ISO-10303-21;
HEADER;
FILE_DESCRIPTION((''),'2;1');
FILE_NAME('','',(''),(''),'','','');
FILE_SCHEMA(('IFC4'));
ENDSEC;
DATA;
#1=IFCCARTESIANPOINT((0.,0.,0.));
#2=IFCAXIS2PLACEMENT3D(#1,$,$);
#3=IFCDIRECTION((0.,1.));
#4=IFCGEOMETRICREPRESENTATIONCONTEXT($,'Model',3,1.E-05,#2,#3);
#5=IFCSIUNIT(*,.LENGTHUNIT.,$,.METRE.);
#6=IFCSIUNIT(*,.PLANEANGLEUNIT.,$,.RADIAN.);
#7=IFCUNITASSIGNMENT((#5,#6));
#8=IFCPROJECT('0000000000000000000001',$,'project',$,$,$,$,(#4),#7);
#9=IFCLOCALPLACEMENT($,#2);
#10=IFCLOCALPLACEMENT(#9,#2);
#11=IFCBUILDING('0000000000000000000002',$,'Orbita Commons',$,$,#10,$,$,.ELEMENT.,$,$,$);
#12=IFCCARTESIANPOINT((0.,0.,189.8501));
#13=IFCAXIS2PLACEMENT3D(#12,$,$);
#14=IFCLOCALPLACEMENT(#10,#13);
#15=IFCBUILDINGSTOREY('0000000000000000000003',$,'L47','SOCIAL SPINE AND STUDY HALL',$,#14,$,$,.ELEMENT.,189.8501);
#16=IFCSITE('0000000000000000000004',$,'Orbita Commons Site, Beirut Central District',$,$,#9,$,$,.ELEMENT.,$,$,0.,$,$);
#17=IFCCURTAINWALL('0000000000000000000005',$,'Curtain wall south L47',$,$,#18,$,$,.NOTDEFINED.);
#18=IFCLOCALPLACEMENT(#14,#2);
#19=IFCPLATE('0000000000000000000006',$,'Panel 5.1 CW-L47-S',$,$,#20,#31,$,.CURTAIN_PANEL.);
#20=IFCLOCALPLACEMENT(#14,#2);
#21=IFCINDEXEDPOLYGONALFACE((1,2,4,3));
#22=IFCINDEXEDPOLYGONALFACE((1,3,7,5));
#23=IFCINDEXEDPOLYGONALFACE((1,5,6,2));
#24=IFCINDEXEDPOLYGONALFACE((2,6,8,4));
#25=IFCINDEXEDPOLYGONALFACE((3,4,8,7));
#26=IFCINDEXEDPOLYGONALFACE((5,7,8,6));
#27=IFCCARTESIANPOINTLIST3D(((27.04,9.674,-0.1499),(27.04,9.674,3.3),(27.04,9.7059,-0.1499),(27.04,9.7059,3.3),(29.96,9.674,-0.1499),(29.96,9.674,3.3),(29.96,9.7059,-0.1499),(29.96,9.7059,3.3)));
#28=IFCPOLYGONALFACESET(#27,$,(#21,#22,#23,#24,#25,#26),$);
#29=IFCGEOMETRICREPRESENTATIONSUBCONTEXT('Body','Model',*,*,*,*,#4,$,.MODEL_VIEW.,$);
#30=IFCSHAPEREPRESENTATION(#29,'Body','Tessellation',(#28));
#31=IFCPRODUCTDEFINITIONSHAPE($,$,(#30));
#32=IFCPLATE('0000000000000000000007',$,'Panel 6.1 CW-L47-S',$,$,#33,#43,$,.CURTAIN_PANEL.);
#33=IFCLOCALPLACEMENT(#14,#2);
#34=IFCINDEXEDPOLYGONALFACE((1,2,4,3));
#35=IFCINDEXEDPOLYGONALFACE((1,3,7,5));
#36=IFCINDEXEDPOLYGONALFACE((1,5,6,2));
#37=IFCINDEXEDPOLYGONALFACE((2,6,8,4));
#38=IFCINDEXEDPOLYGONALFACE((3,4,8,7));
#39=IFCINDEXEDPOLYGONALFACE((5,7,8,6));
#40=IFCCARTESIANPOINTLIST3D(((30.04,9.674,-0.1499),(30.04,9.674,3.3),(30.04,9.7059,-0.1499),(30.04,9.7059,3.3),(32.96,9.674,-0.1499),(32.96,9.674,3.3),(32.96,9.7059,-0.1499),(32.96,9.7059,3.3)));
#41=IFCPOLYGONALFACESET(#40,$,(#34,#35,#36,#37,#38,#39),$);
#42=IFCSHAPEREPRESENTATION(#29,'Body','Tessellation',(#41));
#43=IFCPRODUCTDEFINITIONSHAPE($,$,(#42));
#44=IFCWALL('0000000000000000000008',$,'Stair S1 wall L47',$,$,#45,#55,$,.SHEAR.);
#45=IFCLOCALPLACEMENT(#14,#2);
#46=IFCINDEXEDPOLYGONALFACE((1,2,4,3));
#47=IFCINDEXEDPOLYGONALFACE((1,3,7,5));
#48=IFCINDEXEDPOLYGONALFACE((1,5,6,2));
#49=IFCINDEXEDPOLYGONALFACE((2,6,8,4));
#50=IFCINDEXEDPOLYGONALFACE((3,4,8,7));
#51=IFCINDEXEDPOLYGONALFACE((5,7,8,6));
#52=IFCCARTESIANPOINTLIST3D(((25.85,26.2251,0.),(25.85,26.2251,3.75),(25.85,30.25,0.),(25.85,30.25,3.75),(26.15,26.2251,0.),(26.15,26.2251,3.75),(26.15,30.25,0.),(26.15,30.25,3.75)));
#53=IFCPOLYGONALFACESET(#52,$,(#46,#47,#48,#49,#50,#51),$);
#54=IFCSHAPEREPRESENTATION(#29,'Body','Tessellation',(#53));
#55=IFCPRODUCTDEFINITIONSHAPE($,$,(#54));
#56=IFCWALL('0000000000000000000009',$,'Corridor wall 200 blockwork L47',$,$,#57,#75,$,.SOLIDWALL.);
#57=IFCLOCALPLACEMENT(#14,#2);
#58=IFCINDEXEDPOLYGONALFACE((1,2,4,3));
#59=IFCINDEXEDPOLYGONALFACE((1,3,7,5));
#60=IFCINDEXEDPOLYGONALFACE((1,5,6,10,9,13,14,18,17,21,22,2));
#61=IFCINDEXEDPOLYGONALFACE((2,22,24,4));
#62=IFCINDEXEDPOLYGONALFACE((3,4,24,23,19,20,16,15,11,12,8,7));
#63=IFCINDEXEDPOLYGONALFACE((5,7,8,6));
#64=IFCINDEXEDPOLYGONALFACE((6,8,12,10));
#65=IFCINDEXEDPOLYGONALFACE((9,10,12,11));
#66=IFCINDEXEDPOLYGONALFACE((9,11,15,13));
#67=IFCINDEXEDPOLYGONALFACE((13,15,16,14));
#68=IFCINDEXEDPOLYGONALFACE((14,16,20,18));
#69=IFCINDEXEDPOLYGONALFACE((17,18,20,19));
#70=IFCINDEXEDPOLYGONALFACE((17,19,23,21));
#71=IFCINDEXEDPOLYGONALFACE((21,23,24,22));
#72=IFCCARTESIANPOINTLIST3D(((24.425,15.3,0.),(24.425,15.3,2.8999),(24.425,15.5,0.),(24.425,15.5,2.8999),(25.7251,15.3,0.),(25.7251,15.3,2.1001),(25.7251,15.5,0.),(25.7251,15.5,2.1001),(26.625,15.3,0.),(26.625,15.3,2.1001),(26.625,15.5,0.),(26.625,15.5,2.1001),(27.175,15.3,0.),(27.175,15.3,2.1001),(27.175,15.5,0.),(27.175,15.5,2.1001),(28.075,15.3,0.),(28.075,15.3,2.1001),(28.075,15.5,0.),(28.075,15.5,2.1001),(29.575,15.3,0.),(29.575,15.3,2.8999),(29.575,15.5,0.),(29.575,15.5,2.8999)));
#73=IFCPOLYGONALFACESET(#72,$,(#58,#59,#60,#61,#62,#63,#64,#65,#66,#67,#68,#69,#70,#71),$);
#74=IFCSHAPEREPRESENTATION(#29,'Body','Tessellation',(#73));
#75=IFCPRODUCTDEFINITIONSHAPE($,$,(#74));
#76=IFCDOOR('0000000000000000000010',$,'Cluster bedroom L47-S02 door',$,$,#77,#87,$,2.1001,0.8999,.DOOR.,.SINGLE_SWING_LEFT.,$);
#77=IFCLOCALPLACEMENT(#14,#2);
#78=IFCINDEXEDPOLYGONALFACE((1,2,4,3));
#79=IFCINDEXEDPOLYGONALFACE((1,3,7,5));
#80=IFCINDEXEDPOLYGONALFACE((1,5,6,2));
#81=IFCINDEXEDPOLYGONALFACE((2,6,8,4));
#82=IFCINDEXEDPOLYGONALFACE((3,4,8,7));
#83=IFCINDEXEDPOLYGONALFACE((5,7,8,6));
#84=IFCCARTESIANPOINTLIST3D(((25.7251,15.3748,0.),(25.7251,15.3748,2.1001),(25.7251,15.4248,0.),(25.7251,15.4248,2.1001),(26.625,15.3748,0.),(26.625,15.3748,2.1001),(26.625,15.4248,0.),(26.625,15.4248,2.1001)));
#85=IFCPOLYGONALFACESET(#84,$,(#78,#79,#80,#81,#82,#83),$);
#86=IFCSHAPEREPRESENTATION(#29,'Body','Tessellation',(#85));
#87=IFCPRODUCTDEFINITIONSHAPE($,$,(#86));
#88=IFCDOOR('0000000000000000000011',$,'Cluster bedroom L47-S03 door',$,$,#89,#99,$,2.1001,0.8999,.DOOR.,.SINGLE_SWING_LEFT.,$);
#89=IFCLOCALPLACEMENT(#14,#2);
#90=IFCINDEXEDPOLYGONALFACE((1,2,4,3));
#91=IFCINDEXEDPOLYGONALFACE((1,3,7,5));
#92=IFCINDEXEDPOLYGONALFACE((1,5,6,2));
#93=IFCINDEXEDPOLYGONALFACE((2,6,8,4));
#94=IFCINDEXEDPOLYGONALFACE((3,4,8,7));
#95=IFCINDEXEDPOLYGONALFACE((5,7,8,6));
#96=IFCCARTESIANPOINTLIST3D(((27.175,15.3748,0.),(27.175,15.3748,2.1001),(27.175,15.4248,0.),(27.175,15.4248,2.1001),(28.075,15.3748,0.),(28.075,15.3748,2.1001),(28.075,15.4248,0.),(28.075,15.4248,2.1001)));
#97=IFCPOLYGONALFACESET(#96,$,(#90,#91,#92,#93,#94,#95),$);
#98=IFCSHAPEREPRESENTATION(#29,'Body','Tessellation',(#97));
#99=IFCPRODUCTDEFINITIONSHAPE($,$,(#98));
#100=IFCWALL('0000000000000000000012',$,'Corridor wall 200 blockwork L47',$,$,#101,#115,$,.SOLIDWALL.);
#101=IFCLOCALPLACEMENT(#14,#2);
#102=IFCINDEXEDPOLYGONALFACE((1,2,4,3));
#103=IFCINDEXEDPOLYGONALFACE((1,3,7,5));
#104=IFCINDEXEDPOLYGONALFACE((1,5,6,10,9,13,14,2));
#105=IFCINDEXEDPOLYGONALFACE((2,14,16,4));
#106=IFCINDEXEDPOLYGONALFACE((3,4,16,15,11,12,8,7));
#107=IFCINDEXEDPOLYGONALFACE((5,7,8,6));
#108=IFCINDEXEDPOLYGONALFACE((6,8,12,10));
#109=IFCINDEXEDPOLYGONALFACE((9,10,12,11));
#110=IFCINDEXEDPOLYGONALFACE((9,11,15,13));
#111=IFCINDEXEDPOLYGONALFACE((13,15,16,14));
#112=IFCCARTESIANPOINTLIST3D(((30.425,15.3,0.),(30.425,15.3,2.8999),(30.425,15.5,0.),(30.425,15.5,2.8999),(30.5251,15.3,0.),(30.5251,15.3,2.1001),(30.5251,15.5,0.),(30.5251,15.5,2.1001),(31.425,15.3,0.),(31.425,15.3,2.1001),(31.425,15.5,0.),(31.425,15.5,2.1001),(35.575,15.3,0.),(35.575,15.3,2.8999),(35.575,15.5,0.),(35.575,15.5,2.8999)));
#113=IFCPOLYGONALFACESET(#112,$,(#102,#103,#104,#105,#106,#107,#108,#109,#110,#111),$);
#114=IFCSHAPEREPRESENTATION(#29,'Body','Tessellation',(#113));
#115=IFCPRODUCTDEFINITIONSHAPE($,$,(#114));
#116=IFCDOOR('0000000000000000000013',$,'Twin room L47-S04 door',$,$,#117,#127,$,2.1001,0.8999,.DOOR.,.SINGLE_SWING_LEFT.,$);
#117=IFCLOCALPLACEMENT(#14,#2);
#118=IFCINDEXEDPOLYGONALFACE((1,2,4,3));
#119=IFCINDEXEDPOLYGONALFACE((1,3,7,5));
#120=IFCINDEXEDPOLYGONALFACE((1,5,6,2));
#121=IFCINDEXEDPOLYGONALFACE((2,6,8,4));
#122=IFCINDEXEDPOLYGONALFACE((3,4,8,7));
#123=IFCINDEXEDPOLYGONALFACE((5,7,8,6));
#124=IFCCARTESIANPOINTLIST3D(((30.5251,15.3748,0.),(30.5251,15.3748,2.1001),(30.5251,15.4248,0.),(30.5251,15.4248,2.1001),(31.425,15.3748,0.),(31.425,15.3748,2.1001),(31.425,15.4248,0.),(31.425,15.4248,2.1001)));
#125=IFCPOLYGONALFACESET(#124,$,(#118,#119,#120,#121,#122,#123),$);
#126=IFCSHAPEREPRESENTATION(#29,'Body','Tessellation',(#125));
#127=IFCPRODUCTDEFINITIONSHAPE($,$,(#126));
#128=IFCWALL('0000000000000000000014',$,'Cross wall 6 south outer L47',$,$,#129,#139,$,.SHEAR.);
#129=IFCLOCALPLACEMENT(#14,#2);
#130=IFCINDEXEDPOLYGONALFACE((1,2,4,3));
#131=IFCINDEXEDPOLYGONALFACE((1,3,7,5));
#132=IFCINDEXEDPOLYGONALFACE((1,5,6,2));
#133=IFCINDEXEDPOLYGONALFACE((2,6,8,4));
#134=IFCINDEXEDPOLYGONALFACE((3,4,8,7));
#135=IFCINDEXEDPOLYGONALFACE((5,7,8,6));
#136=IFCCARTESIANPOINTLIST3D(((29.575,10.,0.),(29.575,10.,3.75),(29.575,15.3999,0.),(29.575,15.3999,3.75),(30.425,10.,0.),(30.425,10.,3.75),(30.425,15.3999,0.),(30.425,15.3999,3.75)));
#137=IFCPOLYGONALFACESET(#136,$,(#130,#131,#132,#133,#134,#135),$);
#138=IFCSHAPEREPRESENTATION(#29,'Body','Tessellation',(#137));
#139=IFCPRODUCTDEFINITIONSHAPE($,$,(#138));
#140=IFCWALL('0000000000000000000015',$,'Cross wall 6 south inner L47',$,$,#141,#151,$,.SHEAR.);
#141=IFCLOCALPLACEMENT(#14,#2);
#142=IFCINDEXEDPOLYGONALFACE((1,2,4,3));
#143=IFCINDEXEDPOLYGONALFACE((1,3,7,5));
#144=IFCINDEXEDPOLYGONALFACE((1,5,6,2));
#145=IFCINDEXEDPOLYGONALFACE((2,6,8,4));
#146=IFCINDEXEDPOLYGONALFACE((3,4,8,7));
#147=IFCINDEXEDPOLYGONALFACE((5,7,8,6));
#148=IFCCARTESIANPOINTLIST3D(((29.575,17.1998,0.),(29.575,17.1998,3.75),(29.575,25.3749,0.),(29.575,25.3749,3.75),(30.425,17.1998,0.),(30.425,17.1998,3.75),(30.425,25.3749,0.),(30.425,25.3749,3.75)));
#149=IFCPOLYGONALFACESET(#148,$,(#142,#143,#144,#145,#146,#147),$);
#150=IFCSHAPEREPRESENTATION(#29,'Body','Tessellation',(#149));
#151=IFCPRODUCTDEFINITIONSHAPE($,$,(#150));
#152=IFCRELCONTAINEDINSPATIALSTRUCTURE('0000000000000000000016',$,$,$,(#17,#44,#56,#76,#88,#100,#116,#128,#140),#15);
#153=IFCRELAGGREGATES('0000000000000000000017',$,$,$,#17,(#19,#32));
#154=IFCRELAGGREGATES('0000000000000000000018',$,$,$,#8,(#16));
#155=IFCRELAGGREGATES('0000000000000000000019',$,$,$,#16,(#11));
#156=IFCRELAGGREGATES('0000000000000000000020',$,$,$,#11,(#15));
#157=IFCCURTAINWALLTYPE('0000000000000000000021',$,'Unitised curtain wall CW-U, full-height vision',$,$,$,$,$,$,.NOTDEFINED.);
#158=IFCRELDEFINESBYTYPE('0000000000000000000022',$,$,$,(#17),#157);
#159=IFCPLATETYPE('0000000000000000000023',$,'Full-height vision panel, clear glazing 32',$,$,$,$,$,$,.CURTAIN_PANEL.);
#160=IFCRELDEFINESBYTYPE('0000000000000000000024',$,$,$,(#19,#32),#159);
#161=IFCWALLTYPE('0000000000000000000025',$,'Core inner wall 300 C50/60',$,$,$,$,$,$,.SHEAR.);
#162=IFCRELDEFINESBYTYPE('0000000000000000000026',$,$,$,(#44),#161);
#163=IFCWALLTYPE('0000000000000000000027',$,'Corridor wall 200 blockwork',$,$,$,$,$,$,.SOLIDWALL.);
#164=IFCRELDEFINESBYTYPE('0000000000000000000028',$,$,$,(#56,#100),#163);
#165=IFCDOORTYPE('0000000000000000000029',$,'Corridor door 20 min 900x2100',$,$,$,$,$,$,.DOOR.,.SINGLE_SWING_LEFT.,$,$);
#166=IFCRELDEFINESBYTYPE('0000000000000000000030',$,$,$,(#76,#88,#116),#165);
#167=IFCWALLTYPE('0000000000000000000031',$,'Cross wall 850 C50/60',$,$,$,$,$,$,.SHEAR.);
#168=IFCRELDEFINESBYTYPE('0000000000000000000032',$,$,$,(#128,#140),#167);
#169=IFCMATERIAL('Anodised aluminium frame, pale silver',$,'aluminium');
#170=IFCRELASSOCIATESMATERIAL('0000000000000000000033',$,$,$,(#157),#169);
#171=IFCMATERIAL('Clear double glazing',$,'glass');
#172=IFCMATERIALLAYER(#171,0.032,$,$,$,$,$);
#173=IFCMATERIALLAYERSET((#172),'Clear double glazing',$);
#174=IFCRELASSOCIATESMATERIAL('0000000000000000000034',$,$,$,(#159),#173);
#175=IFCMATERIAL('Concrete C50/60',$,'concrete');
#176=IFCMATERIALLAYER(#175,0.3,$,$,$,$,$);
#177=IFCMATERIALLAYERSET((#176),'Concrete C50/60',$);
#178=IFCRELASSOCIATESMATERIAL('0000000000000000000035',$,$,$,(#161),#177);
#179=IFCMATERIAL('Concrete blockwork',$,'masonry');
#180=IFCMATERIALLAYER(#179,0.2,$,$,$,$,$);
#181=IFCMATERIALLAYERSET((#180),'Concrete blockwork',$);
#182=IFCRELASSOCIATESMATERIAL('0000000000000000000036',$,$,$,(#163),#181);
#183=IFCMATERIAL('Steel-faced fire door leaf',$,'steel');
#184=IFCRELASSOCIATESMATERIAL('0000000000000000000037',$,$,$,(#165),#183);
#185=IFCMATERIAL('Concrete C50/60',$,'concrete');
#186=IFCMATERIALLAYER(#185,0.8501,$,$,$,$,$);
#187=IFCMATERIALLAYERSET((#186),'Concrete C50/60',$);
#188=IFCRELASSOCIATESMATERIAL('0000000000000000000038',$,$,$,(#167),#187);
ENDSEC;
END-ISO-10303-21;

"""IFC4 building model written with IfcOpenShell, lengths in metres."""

from ifc_helpers import new_model, si_unit, direction, frame, frame_2d, origin, origin_2d, place, context, subcontext, project, spatial, polyline, rectangle, outline, extrude, material, layer, layer_set, type_object, element, fill, aggregate, save


model = new_model("IFC4")

# Units and contexts
model_context = context("Model", 3, precision=1e-05, world=origin(), true_north=direction((0.0, 1.0)))
body_context = subcontext(model_context, "Body", "Model", "MODEL_VIEW")
ifc_project = project(units=[si_unit("LENGTHUNIT", "METRE"), si_unit("PLANEANGLEUNIT", "RADIAN")], contexts=[model_context])

# Site, building, storey
site_placement = place(None, origin())
site = spatial("IfcSite", under=ifc_project, at=site_placement, Name="Orbita Commons Site, Beirut Central District", CompositionType="ELEMENT", RefElevation=0.0)
building_placement = place(site_placement, origin())
building = spatial("IfcBuilding", under=site, at=building_placement, Name="Orbita Commons", CompositionType="ELEMENT")
storey_placement = place(building_placement, frame((0.0, 0.0, 189.8501)))
storey = spatial("IfcBuildingStorey", under=building, at=storey_placement, Name="L47", Description="SOCIAL SPINE AND STUDY HALL", CompositionType="ELEMENT", Elevation=189.8501)

# Curtain wall
ifc_material_1 = material(Name="Anodised aluminium frame, pale silver", Category="aluminium")
curtain_wall_type = type_object("IfcCurtainWallType", Name="Unitised curtain wall CW-U, full-height vision", PredefinedType="NOTDEFINED", material=ifc_material_1)
curtain_wall_placement = place(storey_placement, origin())
curtain_wall = element("IfcCurtainWall", 1, at=curtain_wall_placement, inside=storey, type_object=curtain_wall_type, Name="Curtain wall south L47", PredefinedType="NOTDEFINED")

# Plates
ifc_material_2 = material(Name="Clear double glazing", Category="glass")
ifc_layer_1 = layer(ifc_material_2, 0.032)
ifc_layer_set_1 = layer_set([ifc_layer_1], Name="Clear double glazing")
plate_type = type_object("IfcPlateType", Name="Full-height vision panel, clear glazing 32", PredefinedType="CURTAIN_PANEL", material=ifc_layer_set_1)
plate_1_placement = place(storey_placement, frame((28.5, 9.6899, -0.1499), z_axis=(0.0, 0.0, 1.0), x_axis=(1.0, 0.0, 0.0)))
plate_1 = element("IfcPlate", 2, at=plate_1_placement, type_object=plate_type, Name="Panel 5.1 CW-L47-S", PredefinedType="CURTAIN_PANEL", context=body_context, shape_type="SweptSolid", body=[
    extrude(rectangle(XDim=2.9199, YDim=0.032, at=origin_2d()), origin(), (0.0, 0.0, 1.0), 3.45),
])
plate_2_placement = place(storey_placement, frame((31.5, 9.6899, -0.1499), z_axis=(0.0, 0.0, 1.0), x_axis=(1.0, 0.0, 0.0)))
plate_2 = element("IfcPlate", 3, at=plate_2_placement, type_object=plate_type, Name="Panel 6.1 CW-L47-S", PredefinedType="CURTAIN_PANEL", context=body_context, shape_type="SweptSolid", body=[
    extrude(rectangle(XDim=2.9199, YDim=0.032, at=origin_2d()), origin(), (0.0, 0.0, 1.0), 3.45),
])
aggregate(curtain_wall, [plate_1, plate_2])

# Wall
ifc_material_3 = material(Name="Concrete C50/60", Category="concrete")
ifc_layer_2 = layer(ifc_material_3, 0.3)
ifc_layer_set_2 = layer_set([ifc_layer_2], Name="Concrete C50/60")
wall_type_1 = type_object("IfcWallType", Name="Core inner wall 300 C50/60", PredefinedType="SHEAR", material=ifc_layer_set_2)
wall_1_placement = place(storey_placement, frame((26.0, 26.2251, 0.0), z_axis=(0.0, 0.0, 1.0), x_axis=(0.0, 1.0, 0.0)))
element("IfcWall", 4, at=wall_1_placement, inside=storey, type_object=wall_type_1, Name="Stair S1 wall L47", PredefinedType="SHEAR", context=body_context, shape_type="SweptSolid", body=[
    extrude(rectangle(XDim=4.0249, YDim=0.3, at=frame_2d((2.0125, 0.0))), origin(), (0.0, 0.0, 1.0), 3.75),
])

# Wall, openings, doors
ifc_material_4 = material(Name="Concrete blockwork", Category="masonry")
ifc_layer_3 = layer(ifc_material_4, 0.2)
ifc_layer_set_3 = layer_set([ifc_layer_3], Name="Concrete blockwork")
wall_type_2 = type_object("IfcWallType", Name="Corridor wall 200 blockwork", PredefinedType="SOLIDWALL", material=ifc_layer_set_3)
wall_2_placement = place(storey_placement, frame((24.425, 15.3999, 0.0), z_axis=(0.0, 0.0, 1.0), x_axis=(1.0, 0.0, 0.0)))
wall_2 = element("IfcWall", 5, at=wall_2_placement, inside=storey, type_object=wall_type_2, Name="Corridor wall 200 blockwork L47", PredefinedType="SOLIDWALL", context=body_context, shape_type="SweptSolid", body=[
    extrude(outline(polyline([(0.0, 0.0), (5.1499, 0.0), (5.1499, 2.8999), (0.0, 2.8999), (0.0, 0.0)])), frame((0.0, 0.1001, 0.0), z_axis=(0.0, -1.0, 0.0), x_axis=(1.0, 0.0, 0.0)), (0.0, 0.0, 1.0), 0.2),
])
opening_1_placement = place(wall_2_placement, frame((1.3, 0.0, 0.0)))
opening_1 = element("IfcOpeningElement", 6, at=opening_1_placement, cuts=wall_2, PredefinedType="OPENING", context=body_context, shape_type="SweptSolid", body=[
    extrude(rectangle(XDim=0.8999, YDim=2.1001, at=frame_2d((0.45, 1.05))), frame((0.0, 0.1099, 0.0), z_axis=(0.0, -1.0, 0.0), x_axis=(1.0, 0.0, 0.0)), (0.0, 0.0, 1.0), 0.22),
])
opening_2_placement = place(wall_2_placement, frame((2.75, 0.0, 0.0)))
opening_2 = element("IfcOpeningElement", 7, at=opening_2_placement, cuts=wall_2, PredefinedType="OPENING", context=body_context, shape_type="SweptSolid", body=[
    extrude(rectangle(XDim=0.8999, YDim=2.1001, at=frame_2d((0.45, 1.05))), frame((0.0, 0.1099, 0.0), z_axis=(0.0, -1.0, 0.0), x_axis=(1.0, 0.0, 0.0)), (0.0, 0.0, 1.0), 0.22),
])
ifc_material_5 = material(Name="Steel-faced fire door leaf", Category="steel")
door_type_1 = type_object("IfcDoorType", Name="Corridor door 20 min 900x2100", OperationType="SINGLE_SWING_LEFT", PredefinedType="DOOR", material=ifc_material_5)
door_1_placement = place(opening_1_placement, origin())
door_1 = element("IfcDoor", 8, at=door_1_placement, inside=storey, type_object=door_type_1, Name="Cluster bedroom L47-S02 door", OperationType="SINGLE_SWING_LEFT", OverallHeight=2.1001, OverallWidth=0.8999, PredefinedType="DOOR", context=body_context, shape_type="SweptSolid", body=[
    extrude(rectangle(XDim=0.8999, YDim=2.1001, at=frame_2d((0.45, 1.05))), frame((0.0, 0.0249, 0.0), z_axis=(0.0, -1.0, 0.0), x_axis=(1.0, 0.0, 0.0)), (0.0, 0.0, 1.0), 0.05),
])
fill(opening_1, door_1)
door_2_placement = place(opening_2_placement, origin())
door_2 = element("IfcDoor", 9, at=door_2_placement, inside=storey, type_object=door_type_1, Name="Cluster bedroom L47-S03 door", OperationType="SINGLE_SWING_LEFT", OverallHeight=2.1001, OverallWidth=0.8999, PredefinedType="DOOR", context=body_context, shape_type="SweptSolid", body=[
    extrude(rectangle(XDim=0.8999, YDim=2.1001, at=frame_2d((0.45, 1.05))), frame((0.0, 0.0249, 0.0), z_axis=(0.0, -1.0, 0.0), x_axis=(1.0, 0.0, 0.0)), (0.0, 0.0, 1.0), 0.05),
])
fill(opening_2, door_2)

# Wall, opening, door
wall_3_placement = place(storey_placement, frame((30.425, 15.3999, 0.0), z_axis=(0.0, 0.0, 1.0), x_axis=(1.0, 0.0, 0.0)))
wall_3 = element("IfcWall", 10, at=wall_3_placement, inside=storey, type_object=wall_type_2, Name="Corridor wall 200 blockwork L47", PredefinedType="SOLIDWALL", context=body_context, shape_type="SweptSolid", body=[
    extrude(outline(polyline([(0.0, 0.0), (5.1499, 0.0), (5.1499, 2.8999), (0.0, 2.8999), (0.0, 0.0)])), frame((0.0, 0.1001, 0.0), z_axis=(0.0, -1.0, 0.0), x_axis=(1.0, 0.0, 0.0)), (0.0, 0.0, 1.0), 0.2),
])
opening_3_placement = place(wall_3_placement, frame((0.1001, 0.0, 0.0)))
opening_3 = element("IfcOpeningElement", 11, at=opening_3_placement, cuts=wall_3, PredefinedType="OPENING", context=body_context, shape_type="SweptSolid", body=[
    extrude(rectangle(XDim=0.8999, YDim=2.1001, at=frame_2d((0.45, 1.05))), frame((0.0, 0.1099, 0.0), z_axis=(0.0, -1.0, 0.0), x_axis=(1.0, 0.0, 0.0)), (0.0, 0.0, 1.0), 0.22),
])
door_3_placement = place(opening_3_placement, origin())
door_3 = element("IfcDoor", 12, at=door_3_placement, inside=storey, type_object=door_type_1, Name="Twin room L47-S04 door", OperationType="SINGLE_SWING_LEFT", OverallHeight=2.1001, OverallWidth=0.8999, PredefinedType="DOOR", context=body_context, shape_type="SweptSolid", body=[
    extrude(rectangle(XDim=0.8999, YDim=2.1001, at=frame_2d((0.45, 1.05))), frame((0.0, 0.0249, 0.0), z_axis=(0.0, -1.0, 0.0), x_axis=(1.0, 0.0, 0.0)), (0.0, 0.0, 1.0), 0.05),
])
fill(opening_3, door_3)

# Walls
ifc_material_6 = material(Name="Concrete C50/60", Category="concrete")
ifc_layer_4 = layer(ifc_material_6, 0.8501)
ifc_layer_set_4 = layer_set([ifc_layer_4], Name="Concrete C50/60")
wall_type_3 = type_object("IfcWallType", Name="Cross wall 850 C50/60", PredefinedType="SHEAR", material=ifc_layer_set_4)
wall_4_placement = place(storey_placement, frame((30.0, 10.0, 0.0), z_axis=(0.0, 0.0, 1.0), x_axis=(0.0, 1.0, 0.0)))
element("IfcWall", 13, at=wall_4_placement, inside=storey, type_object=wall_type_3, Name="Cross wall 6 south outer L47", PredefinedType="SHEAR", context=body_context, shape_type="SweptSolid", body=[
    extrude(rectangle(XDim=5.3999, YDim=0.8501, at=frame_2d((2.7, 0.0))), origin(), (0.0, 0.0, 1.0), 3.75),
])
wall_5_placement = place(storey_placement, frame((30.0, 17.2, 0.0), z_axis=(0.0, 0.0, 1.0), x_axis=(0.0, 1.0, 0.0)))
element("IfcWall", 14, at=wall_5_placement, inside=storey, type_object=wall_type_3, Name="Cross wall 6 south inner L47", PredefinedType="SHEAR", context=body_context, shape_type="SweptSolid", body=[
    extrude(rectangle(XDim=8.175, YDim=0.8501, at=frame_2d((4.0874, 0.0))), origin(), (0.0, 0.0, 1.0), 3.75),
])

save(model, "model.ifc")
